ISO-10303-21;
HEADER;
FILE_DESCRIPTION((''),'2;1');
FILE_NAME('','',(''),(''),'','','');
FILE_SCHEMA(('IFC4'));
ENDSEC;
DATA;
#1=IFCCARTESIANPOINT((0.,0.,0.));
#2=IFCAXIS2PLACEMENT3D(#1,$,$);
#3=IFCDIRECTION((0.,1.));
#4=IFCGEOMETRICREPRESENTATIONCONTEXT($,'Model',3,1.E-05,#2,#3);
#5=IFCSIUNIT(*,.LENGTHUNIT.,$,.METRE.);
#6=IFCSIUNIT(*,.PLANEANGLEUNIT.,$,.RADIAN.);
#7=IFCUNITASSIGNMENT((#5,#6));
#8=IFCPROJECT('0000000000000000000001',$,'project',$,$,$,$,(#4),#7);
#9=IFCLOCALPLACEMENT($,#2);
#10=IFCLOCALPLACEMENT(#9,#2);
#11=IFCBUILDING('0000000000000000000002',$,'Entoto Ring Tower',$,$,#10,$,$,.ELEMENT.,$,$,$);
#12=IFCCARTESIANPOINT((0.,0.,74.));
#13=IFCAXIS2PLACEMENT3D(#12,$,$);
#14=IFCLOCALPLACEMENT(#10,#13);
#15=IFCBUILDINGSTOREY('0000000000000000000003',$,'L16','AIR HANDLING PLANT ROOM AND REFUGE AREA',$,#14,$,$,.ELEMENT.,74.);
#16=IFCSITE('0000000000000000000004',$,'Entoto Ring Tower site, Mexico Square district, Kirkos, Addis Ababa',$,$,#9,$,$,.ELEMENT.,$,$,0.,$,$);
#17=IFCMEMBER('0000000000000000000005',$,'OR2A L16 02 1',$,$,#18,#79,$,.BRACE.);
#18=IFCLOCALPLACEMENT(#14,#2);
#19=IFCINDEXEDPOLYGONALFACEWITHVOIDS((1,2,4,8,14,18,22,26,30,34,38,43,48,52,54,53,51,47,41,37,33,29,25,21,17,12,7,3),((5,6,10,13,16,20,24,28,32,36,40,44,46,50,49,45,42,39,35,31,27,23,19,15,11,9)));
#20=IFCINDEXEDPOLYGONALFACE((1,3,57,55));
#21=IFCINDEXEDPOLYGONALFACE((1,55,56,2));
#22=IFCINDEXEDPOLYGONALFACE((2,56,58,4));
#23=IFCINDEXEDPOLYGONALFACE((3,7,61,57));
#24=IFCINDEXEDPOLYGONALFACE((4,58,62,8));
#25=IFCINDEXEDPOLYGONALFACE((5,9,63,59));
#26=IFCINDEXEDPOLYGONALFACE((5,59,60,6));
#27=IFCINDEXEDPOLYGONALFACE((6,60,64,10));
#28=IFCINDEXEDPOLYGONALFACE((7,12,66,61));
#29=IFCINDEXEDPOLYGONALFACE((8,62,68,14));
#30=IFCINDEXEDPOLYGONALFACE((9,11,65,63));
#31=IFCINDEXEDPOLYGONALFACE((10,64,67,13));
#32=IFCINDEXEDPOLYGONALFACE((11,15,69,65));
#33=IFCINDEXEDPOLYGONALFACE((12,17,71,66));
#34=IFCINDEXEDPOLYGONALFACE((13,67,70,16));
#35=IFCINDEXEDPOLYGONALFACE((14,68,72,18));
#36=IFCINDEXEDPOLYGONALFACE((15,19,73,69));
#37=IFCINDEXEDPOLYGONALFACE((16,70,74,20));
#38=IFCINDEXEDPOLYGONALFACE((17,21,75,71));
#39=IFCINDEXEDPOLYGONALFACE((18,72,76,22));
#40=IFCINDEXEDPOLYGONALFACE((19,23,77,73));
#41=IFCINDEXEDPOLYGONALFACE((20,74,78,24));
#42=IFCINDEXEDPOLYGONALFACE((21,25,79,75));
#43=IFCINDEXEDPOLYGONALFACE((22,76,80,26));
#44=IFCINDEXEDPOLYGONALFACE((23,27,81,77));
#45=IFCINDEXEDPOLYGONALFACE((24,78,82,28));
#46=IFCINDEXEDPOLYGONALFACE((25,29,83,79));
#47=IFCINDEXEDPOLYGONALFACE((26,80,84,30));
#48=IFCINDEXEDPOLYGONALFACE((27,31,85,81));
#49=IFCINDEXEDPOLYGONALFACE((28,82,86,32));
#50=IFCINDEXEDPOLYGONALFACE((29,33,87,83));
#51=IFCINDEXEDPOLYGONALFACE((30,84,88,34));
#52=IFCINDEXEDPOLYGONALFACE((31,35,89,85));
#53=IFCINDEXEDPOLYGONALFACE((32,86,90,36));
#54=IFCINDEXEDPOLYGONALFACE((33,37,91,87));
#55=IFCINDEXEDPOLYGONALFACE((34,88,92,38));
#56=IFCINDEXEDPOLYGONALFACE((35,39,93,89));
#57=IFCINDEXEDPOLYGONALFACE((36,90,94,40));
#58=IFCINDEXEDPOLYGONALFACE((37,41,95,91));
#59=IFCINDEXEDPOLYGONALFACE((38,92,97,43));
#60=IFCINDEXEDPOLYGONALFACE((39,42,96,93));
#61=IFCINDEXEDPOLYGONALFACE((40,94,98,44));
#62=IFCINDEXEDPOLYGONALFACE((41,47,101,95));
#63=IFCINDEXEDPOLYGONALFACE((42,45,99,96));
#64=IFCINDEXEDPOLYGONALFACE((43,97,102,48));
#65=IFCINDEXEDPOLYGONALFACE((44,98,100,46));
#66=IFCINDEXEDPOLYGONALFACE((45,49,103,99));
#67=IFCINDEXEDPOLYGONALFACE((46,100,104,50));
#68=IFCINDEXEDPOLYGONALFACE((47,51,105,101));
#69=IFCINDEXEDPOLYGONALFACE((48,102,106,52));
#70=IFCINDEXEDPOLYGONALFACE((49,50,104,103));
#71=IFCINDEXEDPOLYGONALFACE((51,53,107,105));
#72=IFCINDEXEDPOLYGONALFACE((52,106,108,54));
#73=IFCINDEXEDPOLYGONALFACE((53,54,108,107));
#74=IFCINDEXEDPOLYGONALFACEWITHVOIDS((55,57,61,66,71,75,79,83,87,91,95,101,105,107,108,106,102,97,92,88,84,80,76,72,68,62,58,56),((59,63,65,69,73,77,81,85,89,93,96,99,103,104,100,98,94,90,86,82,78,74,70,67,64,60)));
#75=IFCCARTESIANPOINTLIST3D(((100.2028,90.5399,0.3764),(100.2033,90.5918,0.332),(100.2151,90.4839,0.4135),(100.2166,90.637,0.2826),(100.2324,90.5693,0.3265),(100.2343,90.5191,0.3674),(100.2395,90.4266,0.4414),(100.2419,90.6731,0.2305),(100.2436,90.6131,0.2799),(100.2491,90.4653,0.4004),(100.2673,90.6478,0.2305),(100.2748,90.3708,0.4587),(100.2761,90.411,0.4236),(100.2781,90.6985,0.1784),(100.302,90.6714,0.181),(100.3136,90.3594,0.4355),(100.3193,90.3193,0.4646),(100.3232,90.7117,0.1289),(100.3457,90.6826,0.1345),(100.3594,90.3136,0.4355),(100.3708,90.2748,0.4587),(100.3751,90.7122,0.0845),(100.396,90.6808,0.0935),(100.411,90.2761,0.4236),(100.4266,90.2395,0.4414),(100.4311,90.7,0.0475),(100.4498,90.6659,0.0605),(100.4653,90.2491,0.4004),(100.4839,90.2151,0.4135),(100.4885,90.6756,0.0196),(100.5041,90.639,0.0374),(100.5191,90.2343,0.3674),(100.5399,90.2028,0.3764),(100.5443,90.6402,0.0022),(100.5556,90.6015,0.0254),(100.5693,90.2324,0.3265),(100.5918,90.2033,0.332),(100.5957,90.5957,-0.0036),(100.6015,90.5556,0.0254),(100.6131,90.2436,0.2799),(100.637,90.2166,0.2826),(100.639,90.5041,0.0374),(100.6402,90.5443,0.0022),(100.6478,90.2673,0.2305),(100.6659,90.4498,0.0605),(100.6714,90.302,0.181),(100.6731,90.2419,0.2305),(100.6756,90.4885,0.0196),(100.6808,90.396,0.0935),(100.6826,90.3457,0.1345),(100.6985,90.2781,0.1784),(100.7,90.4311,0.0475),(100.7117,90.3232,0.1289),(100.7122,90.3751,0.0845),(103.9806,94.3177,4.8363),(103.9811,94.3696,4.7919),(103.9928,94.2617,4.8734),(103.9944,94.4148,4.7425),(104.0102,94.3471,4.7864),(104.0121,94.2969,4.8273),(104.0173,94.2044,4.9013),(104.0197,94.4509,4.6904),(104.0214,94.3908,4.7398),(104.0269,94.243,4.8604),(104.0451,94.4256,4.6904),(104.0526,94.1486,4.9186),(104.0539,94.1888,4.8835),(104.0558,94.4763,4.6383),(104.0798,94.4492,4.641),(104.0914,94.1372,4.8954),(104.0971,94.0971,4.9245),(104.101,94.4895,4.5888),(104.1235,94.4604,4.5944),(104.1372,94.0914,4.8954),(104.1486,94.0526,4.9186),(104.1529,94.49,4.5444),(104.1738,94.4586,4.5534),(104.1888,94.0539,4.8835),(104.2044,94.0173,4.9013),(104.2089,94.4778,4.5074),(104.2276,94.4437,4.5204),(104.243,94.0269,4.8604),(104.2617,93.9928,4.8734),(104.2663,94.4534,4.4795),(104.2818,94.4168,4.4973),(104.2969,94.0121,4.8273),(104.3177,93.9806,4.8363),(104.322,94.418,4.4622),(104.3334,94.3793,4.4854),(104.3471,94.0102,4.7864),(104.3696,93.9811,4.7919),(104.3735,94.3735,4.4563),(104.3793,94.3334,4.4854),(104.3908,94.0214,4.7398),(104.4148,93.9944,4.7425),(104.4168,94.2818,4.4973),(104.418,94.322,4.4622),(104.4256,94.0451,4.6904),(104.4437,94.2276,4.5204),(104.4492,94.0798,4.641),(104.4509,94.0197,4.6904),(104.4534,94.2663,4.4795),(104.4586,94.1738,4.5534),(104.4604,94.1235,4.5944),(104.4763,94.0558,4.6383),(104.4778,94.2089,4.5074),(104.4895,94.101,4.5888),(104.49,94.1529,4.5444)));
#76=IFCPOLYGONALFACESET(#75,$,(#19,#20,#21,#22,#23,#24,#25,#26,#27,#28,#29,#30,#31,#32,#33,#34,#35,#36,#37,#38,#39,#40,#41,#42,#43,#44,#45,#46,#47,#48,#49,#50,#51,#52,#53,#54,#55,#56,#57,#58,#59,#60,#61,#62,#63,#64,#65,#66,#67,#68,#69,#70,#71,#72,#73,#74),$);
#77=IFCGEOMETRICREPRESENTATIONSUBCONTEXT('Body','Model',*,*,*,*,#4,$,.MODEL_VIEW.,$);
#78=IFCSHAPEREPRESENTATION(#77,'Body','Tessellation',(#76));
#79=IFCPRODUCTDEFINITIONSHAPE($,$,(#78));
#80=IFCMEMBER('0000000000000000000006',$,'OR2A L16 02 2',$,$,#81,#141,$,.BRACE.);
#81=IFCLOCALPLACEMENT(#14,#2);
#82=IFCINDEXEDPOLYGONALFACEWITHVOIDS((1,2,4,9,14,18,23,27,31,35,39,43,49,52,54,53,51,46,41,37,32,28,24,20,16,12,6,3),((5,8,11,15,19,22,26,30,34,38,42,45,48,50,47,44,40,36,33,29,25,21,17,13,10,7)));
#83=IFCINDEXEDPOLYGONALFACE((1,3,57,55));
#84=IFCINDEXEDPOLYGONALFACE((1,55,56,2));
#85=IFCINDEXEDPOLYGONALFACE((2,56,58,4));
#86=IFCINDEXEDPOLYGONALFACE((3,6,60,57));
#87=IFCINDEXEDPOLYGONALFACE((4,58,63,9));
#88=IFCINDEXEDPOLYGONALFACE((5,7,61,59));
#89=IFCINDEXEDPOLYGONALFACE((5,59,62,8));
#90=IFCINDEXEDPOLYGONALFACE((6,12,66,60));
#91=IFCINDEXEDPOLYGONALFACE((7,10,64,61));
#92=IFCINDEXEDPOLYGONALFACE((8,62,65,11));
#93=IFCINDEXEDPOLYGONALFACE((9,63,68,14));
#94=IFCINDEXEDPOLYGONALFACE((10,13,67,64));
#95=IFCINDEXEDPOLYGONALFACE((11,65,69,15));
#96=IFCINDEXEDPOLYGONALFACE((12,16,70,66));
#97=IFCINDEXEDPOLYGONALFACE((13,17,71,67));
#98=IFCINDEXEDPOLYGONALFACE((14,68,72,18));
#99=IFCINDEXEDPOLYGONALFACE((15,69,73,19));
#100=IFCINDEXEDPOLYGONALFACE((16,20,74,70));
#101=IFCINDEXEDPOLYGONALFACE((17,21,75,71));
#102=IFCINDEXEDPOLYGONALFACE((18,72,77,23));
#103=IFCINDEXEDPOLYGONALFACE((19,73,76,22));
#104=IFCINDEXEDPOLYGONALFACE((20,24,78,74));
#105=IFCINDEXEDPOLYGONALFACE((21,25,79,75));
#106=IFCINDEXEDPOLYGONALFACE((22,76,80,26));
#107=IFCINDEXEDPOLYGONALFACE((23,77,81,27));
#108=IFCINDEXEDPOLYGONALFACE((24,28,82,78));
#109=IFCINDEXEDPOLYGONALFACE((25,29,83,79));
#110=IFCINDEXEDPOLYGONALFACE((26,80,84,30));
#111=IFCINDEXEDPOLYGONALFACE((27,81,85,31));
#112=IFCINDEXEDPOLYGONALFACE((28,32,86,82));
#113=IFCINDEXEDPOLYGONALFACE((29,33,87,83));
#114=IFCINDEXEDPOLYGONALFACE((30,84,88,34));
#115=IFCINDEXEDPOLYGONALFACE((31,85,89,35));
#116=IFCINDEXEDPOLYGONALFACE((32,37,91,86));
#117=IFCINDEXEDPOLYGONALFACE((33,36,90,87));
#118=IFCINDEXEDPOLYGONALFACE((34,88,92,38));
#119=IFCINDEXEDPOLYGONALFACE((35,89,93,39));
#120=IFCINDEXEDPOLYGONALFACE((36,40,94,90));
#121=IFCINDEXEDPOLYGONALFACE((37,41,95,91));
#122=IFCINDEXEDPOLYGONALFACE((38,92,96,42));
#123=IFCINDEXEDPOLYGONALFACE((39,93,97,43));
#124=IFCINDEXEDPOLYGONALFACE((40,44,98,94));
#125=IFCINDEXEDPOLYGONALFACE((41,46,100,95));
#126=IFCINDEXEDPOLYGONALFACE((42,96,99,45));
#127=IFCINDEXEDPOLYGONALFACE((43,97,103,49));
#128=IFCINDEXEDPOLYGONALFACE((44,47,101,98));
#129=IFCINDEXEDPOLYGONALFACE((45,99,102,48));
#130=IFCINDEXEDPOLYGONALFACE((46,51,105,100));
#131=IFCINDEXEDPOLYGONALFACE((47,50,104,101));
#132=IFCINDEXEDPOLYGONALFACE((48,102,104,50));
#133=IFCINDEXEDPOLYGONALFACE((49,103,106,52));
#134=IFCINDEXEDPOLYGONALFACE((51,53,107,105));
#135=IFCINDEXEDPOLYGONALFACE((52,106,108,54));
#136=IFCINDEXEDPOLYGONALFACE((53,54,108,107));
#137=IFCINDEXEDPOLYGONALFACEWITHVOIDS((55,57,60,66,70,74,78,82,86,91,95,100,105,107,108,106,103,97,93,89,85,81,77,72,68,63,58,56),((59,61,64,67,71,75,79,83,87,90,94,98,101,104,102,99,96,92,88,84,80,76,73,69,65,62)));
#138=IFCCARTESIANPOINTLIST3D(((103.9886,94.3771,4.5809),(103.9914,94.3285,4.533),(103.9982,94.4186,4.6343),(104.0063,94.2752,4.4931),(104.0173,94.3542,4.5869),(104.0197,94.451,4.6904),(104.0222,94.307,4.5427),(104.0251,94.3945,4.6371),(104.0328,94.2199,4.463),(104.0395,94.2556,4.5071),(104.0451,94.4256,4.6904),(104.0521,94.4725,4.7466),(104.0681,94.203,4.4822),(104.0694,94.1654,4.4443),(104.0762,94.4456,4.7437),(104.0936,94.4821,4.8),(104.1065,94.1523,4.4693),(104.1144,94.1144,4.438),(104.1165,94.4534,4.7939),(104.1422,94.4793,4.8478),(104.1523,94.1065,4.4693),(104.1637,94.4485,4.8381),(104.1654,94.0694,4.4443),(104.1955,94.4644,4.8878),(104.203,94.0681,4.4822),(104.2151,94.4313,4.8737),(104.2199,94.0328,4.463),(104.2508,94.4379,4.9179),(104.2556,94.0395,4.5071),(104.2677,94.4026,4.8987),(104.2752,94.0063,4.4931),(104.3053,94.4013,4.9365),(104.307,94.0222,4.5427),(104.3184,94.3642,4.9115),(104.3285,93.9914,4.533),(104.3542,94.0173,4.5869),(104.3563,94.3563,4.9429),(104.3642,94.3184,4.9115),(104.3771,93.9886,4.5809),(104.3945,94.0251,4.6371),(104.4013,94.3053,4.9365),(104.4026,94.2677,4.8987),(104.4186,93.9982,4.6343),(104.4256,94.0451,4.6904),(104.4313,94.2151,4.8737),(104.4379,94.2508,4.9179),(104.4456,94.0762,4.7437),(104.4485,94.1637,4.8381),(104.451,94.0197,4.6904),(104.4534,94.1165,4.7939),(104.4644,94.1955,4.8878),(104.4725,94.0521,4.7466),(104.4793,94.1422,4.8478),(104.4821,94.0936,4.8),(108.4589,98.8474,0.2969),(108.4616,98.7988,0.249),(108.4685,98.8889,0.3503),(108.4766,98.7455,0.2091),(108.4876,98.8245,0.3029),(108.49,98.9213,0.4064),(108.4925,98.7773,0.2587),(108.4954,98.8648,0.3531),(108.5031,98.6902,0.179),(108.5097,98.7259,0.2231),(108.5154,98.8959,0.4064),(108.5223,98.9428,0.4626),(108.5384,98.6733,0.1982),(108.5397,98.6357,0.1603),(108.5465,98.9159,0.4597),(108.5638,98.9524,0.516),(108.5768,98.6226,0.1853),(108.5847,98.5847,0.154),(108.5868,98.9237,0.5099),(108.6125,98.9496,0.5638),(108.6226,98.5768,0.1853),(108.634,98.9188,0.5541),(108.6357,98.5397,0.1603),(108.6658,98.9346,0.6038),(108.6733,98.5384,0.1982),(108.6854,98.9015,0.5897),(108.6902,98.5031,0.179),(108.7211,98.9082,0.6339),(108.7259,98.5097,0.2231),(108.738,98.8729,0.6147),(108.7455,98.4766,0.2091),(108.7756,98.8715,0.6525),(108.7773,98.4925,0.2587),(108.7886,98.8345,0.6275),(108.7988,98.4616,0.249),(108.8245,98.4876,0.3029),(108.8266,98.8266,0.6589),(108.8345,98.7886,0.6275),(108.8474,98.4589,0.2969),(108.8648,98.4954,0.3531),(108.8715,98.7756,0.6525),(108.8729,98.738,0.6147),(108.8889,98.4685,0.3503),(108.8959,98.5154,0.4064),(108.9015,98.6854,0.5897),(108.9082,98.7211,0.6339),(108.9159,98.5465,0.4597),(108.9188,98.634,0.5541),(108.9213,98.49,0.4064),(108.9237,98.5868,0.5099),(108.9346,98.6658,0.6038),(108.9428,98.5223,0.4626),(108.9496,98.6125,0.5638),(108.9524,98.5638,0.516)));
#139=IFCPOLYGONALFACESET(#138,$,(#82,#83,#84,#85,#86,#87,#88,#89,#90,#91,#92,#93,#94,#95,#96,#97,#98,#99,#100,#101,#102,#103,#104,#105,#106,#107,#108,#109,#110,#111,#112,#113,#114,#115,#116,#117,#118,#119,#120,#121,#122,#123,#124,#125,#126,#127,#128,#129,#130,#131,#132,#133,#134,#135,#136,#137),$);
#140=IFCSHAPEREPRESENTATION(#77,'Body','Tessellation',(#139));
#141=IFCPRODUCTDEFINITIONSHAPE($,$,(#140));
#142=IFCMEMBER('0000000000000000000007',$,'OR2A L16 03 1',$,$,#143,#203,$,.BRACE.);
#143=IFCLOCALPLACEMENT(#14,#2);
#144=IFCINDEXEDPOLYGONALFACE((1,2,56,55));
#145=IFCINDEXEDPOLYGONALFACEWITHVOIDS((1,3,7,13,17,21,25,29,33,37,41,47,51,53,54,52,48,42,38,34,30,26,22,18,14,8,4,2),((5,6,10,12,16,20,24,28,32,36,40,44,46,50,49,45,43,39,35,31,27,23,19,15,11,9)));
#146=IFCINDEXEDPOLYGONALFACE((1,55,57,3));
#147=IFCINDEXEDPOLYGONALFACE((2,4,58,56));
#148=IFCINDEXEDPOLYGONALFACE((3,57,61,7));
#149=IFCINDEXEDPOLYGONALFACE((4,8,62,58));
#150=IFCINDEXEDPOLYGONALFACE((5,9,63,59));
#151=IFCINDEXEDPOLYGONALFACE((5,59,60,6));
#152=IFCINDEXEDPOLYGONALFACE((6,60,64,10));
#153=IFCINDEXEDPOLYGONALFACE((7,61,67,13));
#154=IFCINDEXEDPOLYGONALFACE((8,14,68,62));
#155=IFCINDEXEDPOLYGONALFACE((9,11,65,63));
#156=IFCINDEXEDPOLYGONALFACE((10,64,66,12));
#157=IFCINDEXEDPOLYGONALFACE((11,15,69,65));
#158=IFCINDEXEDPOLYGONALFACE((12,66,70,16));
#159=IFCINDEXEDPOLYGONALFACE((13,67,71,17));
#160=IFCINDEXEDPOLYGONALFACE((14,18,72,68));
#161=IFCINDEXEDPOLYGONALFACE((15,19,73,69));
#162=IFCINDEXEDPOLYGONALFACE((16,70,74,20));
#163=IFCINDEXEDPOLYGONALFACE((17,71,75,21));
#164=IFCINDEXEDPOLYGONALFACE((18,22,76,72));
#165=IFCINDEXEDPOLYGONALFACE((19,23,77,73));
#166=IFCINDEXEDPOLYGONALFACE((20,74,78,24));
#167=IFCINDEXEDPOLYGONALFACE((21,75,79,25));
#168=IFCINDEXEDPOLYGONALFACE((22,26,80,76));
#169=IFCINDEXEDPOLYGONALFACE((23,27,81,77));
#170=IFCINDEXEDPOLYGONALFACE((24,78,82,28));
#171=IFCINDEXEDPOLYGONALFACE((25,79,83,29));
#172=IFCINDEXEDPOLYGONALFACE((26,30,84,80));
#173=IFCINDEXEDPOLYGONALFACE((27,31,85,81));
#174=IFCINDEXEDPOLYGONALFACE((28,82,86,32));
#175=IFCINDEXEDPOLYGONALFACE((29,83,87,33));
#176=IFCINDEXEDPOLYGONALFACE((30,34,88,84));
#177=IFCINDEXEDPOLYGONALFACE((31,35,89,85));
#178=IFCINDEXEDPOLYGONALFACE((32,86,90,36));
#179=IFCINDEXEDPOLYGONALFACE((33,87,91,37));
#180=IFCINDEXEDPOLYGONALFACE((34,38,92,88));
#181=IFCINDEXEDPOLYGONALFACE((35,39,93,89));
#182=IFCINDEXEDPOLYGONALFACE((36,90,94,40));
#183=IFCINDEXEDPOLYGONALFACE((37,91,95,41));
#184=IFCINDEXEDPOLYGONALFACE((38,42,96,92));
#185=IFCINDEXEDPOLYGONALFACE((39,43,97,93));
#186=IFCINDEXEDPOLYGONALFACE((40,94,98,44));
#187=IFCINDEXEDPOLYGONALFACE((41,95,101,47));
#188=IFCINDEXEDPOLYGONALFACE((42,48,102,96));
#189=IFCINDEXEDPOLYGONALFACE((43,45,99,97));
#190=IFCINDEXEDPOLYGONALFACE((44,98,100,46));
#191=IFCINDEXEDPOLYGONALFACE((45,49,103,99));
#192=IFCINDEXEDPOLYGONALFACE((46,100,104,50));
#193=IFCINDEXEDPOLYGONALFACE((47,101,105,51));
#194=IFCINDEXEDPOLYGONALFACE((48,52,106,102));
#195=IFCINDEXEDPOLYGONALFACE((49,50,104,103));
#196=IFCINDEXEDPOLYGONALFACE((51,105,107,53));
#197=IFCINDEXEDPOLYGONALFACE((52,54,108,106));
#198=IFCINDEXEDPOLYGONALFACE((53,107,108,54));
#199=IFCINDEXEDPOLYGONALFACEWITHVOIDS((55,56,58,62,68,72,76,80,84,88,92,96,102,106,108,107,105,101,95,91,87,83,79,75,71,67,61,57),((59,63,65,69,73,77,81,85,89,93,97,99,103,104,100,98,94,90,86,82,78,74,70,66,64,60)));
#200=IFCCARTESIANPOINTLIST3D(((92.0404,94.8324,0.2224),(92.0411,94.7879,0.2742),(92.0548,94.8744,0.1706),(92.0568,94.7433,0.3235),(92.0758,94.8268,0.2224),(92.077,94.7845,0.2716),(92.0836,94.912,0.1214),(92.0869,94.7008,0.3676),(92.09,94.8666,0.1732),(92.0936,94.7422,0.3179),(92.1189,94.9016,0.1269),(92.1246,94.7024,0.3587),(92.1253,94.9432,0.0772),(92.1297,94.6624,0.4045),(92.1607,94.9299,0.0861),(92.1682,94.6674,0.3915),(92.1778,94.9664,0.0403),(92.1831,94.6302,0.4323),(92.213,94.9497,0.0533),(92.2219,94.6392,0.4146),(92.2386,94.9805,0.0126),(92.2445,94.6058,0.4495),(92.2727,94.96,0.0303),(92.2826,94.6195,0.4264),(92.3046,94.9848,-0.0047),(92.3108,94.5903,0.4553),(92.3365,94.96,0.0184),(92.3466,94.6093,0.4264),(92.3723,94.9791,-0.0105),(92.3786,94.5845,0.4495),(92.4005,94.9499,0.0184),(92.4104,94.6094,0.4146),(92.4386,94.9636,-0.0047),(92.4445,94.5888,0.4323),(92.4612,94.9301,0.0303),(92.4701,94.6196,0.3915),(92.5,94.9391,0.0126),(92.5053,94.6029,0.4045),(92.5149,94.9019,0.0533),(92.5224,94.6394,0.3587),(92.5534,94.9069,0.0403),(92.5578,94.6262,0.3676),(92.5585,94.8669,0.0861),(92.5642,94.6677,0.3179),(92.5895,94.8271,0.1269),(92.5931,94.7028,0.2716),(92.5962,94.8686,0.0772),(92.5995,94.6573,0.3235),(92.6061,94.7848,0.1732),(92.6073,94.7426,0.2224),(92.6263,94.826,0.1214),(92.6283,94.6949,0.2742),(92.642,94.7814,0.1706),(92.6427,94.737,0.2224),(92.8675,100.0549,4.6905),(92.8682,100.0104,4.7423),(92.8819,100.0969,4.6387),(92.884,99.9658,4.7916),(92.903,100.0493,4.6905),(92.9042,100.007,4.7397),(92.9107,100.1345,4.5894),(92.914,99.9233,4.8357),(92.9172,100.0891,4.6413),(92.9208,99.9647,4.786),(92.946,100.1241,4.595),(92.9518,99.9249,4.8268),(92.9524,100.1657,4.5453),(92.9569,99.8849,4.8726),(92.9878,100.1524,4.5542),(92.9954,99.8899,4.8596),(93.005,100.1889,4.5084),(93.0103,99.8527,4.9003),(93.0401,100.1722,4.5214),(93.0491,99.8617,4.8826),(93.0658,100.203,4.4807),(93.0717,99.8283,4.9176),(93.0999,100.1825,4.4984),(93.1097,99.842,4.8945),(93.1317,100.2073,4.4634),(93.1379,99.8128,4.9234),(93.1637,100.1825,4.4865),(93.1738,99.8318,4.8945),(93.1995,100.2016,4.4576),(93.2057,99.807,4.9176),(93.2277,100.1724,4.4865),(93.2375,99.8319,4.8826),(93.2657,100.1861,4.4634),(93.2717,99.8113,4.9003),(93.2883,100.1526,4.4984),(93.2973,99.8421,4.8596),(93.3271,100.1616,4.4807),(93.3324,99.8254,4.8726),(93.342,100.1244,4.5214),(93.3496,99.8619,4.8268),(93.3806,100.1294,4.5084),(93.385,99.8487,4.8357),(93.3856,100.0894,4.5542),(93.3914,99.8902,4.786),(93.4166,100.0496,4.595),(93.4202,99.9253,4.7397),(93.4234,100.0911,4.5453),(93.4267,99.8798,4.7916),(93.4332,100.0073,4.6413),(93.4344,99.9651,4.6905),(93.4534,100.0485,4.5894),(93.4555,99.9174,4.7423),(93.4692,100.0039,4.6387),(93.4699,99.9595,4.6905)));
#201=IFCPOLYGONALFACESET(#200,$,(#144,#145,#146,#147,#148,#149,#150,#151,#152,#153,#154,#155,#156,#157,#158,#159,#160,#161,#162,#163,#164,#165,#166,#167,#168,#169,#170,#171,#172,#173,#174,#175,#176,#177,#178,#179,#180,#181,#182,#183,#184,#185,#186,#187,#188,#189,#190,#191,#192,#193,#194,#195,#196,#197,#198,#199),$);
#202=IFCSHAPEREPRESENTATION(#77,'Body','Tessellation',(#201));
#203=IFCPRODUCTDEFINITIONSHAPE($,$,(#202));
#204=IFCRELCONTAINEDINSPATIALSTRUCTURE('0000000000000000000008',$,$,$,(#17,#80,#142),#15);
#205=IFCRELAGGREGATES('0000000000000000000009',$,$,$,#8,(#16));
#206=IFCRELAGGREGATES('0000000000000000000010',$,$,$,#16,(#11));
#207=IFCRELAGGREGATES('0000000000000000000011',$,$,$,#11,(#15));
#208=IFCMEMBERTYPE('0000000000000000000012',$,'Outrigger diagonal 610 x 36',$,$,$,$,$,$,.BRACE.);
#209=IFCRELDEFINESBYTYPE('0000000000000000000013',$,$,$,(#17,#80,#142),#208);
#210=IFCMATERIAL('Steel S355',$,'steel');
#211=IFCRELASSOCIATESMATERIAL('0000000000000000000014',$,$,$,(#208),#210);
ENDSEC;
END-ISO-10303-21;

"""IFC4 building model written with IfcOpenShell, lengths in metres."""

from ifc_helpers import new_model, si_unit, direction, frame, origin, origin_2d, place, context, subcontext, project, spatial, circle, hollow_circle, extrude, material, material_profile, profile_set, type_object, element, save


model = new_model("IFC4")

# Units and contexts
model_context = context("Model", 3, precision=1e-05, world=origin(), true_north=direction((0.0, 1.0)))
body_context = subcontext(model_context, "Body", "Model", "MODEL_VIEW")
ifc_project = project(units=[si_unit("LENGTHUNIT", "METRE"), si_unit("PLANEANGLEUNIT", "RADIAN")], contexts=[model_context])

# Site, building, storey
site_placement = place(None, origin())
site = spatial("IfcSite", under=ifc_project, at=site_placement, Name="Entoto Ring Tower site, Mexico Square district, Kirkos, Addis Ababa", CompositionType="ELEMENT", RefElevation=0.0)
building_placement = place(site_placement, origin())
building = spatial("IfcBuilding", under=site, at=building_placement, Name="Entoto Ring Tower", CompositionType="ELEMENT")
storey_placement = place(building_placement, frame((0.0, 0.0, 74.0)))
storey = spatial("IfcBuildingStorey", under=building, at=storey_placement, Name="L16", Description="AIR HANDLING PLANT ROOM AND REFUGE AREA", CompositionType="ELEMENT", Elevation=74.0)

# Members
ifc_material_1 = material(Name="Steel S355", Category="steel")
ifc_material_profile_1 = material_profile(ifc_material_1, hollow_circle(Radius=0.3049, WallThickness=0.0359, at=origin_2d()), Name="CHS 610 x 36")
ifc_material_2 = material(Name="Concrete C60/75", Category="concrete")
ifc_material_profile_2 = material_profile(ifc_material_2, circle(Radius=0.269, at=origin_2d()), Name="Concrete C60/75 infill")
ifc_profile_set_1 = profile_set([ifc_material_profile_1, ifc_material_profile_2], Name="Steel S355")
member_type_1 = type_object("IfcMemberType", Name="Outrigger diagonal 610 x 36", PredefinedType="BRACE", material=ifc_profile_set_1)
member_1_placement = place(storey_placement, frame((100.4575, 90.4575, 0.2305), z_axis=(0.542827, 0.542827, 0.640841), x_axis=(-0.707107, 0.707107, 0.0)))
element("IfcMember", 1, at=member_1_placement, inside=storey, type_object=member_type_1, Name="OR2A L16 02 1", PredefinedType="BRACE", context=body_context, shape_type="SweptSolid", body=[
    extrude(hollow_circle(Radius=0.3049, WallThickness=0.0359, at=origin_2d()), origin(), (0.0, 0.0, 1.0), 6.9595),
])
member_2_placement = place(storey_placement, frame((104.2354, 94.2354, 4.6904), z_axis=(0.585367, 0.585367, -0.560974), x_axis=(-0.707107, 0.707107, 0.0)))
element("IfcMember", 2, at=member_2_placement, inside=storey, type_object=member_type_1, Name="OR2A L16 02 2", PredefinedType="BRACE", context=body_context, shape_type="SweptSolid", body=[
    extrude(hollow_circle(Radius=0.3049, WallThickness=0.0359, at=origin_2d()), origin(), (0.0, 0.0, 1.0), 7.6367),
])
member_3_placement = place(storey_placement, frame((92.3416, 94.7847, 0.2224), z_axis=(0.119487, 0.754412, 0.645435), x_axis=(-0.987688, 0.156434, 0.0)))
element("IfcMember", 3, at=member_3_placement, inside=storey, type_object=member_type_1, Name="OR2A L16 03 1", PredefinedType="BRACE", context=body_context, shape_type="SweptSolid", body=[
    extrude(hollow_circle(Radius=0.3049, WallThickness=0.0359, at=origin_2d()), origin(), (0.0, 0.0, 1.0), 6.9226),
])

save(model, "model.ifc")
